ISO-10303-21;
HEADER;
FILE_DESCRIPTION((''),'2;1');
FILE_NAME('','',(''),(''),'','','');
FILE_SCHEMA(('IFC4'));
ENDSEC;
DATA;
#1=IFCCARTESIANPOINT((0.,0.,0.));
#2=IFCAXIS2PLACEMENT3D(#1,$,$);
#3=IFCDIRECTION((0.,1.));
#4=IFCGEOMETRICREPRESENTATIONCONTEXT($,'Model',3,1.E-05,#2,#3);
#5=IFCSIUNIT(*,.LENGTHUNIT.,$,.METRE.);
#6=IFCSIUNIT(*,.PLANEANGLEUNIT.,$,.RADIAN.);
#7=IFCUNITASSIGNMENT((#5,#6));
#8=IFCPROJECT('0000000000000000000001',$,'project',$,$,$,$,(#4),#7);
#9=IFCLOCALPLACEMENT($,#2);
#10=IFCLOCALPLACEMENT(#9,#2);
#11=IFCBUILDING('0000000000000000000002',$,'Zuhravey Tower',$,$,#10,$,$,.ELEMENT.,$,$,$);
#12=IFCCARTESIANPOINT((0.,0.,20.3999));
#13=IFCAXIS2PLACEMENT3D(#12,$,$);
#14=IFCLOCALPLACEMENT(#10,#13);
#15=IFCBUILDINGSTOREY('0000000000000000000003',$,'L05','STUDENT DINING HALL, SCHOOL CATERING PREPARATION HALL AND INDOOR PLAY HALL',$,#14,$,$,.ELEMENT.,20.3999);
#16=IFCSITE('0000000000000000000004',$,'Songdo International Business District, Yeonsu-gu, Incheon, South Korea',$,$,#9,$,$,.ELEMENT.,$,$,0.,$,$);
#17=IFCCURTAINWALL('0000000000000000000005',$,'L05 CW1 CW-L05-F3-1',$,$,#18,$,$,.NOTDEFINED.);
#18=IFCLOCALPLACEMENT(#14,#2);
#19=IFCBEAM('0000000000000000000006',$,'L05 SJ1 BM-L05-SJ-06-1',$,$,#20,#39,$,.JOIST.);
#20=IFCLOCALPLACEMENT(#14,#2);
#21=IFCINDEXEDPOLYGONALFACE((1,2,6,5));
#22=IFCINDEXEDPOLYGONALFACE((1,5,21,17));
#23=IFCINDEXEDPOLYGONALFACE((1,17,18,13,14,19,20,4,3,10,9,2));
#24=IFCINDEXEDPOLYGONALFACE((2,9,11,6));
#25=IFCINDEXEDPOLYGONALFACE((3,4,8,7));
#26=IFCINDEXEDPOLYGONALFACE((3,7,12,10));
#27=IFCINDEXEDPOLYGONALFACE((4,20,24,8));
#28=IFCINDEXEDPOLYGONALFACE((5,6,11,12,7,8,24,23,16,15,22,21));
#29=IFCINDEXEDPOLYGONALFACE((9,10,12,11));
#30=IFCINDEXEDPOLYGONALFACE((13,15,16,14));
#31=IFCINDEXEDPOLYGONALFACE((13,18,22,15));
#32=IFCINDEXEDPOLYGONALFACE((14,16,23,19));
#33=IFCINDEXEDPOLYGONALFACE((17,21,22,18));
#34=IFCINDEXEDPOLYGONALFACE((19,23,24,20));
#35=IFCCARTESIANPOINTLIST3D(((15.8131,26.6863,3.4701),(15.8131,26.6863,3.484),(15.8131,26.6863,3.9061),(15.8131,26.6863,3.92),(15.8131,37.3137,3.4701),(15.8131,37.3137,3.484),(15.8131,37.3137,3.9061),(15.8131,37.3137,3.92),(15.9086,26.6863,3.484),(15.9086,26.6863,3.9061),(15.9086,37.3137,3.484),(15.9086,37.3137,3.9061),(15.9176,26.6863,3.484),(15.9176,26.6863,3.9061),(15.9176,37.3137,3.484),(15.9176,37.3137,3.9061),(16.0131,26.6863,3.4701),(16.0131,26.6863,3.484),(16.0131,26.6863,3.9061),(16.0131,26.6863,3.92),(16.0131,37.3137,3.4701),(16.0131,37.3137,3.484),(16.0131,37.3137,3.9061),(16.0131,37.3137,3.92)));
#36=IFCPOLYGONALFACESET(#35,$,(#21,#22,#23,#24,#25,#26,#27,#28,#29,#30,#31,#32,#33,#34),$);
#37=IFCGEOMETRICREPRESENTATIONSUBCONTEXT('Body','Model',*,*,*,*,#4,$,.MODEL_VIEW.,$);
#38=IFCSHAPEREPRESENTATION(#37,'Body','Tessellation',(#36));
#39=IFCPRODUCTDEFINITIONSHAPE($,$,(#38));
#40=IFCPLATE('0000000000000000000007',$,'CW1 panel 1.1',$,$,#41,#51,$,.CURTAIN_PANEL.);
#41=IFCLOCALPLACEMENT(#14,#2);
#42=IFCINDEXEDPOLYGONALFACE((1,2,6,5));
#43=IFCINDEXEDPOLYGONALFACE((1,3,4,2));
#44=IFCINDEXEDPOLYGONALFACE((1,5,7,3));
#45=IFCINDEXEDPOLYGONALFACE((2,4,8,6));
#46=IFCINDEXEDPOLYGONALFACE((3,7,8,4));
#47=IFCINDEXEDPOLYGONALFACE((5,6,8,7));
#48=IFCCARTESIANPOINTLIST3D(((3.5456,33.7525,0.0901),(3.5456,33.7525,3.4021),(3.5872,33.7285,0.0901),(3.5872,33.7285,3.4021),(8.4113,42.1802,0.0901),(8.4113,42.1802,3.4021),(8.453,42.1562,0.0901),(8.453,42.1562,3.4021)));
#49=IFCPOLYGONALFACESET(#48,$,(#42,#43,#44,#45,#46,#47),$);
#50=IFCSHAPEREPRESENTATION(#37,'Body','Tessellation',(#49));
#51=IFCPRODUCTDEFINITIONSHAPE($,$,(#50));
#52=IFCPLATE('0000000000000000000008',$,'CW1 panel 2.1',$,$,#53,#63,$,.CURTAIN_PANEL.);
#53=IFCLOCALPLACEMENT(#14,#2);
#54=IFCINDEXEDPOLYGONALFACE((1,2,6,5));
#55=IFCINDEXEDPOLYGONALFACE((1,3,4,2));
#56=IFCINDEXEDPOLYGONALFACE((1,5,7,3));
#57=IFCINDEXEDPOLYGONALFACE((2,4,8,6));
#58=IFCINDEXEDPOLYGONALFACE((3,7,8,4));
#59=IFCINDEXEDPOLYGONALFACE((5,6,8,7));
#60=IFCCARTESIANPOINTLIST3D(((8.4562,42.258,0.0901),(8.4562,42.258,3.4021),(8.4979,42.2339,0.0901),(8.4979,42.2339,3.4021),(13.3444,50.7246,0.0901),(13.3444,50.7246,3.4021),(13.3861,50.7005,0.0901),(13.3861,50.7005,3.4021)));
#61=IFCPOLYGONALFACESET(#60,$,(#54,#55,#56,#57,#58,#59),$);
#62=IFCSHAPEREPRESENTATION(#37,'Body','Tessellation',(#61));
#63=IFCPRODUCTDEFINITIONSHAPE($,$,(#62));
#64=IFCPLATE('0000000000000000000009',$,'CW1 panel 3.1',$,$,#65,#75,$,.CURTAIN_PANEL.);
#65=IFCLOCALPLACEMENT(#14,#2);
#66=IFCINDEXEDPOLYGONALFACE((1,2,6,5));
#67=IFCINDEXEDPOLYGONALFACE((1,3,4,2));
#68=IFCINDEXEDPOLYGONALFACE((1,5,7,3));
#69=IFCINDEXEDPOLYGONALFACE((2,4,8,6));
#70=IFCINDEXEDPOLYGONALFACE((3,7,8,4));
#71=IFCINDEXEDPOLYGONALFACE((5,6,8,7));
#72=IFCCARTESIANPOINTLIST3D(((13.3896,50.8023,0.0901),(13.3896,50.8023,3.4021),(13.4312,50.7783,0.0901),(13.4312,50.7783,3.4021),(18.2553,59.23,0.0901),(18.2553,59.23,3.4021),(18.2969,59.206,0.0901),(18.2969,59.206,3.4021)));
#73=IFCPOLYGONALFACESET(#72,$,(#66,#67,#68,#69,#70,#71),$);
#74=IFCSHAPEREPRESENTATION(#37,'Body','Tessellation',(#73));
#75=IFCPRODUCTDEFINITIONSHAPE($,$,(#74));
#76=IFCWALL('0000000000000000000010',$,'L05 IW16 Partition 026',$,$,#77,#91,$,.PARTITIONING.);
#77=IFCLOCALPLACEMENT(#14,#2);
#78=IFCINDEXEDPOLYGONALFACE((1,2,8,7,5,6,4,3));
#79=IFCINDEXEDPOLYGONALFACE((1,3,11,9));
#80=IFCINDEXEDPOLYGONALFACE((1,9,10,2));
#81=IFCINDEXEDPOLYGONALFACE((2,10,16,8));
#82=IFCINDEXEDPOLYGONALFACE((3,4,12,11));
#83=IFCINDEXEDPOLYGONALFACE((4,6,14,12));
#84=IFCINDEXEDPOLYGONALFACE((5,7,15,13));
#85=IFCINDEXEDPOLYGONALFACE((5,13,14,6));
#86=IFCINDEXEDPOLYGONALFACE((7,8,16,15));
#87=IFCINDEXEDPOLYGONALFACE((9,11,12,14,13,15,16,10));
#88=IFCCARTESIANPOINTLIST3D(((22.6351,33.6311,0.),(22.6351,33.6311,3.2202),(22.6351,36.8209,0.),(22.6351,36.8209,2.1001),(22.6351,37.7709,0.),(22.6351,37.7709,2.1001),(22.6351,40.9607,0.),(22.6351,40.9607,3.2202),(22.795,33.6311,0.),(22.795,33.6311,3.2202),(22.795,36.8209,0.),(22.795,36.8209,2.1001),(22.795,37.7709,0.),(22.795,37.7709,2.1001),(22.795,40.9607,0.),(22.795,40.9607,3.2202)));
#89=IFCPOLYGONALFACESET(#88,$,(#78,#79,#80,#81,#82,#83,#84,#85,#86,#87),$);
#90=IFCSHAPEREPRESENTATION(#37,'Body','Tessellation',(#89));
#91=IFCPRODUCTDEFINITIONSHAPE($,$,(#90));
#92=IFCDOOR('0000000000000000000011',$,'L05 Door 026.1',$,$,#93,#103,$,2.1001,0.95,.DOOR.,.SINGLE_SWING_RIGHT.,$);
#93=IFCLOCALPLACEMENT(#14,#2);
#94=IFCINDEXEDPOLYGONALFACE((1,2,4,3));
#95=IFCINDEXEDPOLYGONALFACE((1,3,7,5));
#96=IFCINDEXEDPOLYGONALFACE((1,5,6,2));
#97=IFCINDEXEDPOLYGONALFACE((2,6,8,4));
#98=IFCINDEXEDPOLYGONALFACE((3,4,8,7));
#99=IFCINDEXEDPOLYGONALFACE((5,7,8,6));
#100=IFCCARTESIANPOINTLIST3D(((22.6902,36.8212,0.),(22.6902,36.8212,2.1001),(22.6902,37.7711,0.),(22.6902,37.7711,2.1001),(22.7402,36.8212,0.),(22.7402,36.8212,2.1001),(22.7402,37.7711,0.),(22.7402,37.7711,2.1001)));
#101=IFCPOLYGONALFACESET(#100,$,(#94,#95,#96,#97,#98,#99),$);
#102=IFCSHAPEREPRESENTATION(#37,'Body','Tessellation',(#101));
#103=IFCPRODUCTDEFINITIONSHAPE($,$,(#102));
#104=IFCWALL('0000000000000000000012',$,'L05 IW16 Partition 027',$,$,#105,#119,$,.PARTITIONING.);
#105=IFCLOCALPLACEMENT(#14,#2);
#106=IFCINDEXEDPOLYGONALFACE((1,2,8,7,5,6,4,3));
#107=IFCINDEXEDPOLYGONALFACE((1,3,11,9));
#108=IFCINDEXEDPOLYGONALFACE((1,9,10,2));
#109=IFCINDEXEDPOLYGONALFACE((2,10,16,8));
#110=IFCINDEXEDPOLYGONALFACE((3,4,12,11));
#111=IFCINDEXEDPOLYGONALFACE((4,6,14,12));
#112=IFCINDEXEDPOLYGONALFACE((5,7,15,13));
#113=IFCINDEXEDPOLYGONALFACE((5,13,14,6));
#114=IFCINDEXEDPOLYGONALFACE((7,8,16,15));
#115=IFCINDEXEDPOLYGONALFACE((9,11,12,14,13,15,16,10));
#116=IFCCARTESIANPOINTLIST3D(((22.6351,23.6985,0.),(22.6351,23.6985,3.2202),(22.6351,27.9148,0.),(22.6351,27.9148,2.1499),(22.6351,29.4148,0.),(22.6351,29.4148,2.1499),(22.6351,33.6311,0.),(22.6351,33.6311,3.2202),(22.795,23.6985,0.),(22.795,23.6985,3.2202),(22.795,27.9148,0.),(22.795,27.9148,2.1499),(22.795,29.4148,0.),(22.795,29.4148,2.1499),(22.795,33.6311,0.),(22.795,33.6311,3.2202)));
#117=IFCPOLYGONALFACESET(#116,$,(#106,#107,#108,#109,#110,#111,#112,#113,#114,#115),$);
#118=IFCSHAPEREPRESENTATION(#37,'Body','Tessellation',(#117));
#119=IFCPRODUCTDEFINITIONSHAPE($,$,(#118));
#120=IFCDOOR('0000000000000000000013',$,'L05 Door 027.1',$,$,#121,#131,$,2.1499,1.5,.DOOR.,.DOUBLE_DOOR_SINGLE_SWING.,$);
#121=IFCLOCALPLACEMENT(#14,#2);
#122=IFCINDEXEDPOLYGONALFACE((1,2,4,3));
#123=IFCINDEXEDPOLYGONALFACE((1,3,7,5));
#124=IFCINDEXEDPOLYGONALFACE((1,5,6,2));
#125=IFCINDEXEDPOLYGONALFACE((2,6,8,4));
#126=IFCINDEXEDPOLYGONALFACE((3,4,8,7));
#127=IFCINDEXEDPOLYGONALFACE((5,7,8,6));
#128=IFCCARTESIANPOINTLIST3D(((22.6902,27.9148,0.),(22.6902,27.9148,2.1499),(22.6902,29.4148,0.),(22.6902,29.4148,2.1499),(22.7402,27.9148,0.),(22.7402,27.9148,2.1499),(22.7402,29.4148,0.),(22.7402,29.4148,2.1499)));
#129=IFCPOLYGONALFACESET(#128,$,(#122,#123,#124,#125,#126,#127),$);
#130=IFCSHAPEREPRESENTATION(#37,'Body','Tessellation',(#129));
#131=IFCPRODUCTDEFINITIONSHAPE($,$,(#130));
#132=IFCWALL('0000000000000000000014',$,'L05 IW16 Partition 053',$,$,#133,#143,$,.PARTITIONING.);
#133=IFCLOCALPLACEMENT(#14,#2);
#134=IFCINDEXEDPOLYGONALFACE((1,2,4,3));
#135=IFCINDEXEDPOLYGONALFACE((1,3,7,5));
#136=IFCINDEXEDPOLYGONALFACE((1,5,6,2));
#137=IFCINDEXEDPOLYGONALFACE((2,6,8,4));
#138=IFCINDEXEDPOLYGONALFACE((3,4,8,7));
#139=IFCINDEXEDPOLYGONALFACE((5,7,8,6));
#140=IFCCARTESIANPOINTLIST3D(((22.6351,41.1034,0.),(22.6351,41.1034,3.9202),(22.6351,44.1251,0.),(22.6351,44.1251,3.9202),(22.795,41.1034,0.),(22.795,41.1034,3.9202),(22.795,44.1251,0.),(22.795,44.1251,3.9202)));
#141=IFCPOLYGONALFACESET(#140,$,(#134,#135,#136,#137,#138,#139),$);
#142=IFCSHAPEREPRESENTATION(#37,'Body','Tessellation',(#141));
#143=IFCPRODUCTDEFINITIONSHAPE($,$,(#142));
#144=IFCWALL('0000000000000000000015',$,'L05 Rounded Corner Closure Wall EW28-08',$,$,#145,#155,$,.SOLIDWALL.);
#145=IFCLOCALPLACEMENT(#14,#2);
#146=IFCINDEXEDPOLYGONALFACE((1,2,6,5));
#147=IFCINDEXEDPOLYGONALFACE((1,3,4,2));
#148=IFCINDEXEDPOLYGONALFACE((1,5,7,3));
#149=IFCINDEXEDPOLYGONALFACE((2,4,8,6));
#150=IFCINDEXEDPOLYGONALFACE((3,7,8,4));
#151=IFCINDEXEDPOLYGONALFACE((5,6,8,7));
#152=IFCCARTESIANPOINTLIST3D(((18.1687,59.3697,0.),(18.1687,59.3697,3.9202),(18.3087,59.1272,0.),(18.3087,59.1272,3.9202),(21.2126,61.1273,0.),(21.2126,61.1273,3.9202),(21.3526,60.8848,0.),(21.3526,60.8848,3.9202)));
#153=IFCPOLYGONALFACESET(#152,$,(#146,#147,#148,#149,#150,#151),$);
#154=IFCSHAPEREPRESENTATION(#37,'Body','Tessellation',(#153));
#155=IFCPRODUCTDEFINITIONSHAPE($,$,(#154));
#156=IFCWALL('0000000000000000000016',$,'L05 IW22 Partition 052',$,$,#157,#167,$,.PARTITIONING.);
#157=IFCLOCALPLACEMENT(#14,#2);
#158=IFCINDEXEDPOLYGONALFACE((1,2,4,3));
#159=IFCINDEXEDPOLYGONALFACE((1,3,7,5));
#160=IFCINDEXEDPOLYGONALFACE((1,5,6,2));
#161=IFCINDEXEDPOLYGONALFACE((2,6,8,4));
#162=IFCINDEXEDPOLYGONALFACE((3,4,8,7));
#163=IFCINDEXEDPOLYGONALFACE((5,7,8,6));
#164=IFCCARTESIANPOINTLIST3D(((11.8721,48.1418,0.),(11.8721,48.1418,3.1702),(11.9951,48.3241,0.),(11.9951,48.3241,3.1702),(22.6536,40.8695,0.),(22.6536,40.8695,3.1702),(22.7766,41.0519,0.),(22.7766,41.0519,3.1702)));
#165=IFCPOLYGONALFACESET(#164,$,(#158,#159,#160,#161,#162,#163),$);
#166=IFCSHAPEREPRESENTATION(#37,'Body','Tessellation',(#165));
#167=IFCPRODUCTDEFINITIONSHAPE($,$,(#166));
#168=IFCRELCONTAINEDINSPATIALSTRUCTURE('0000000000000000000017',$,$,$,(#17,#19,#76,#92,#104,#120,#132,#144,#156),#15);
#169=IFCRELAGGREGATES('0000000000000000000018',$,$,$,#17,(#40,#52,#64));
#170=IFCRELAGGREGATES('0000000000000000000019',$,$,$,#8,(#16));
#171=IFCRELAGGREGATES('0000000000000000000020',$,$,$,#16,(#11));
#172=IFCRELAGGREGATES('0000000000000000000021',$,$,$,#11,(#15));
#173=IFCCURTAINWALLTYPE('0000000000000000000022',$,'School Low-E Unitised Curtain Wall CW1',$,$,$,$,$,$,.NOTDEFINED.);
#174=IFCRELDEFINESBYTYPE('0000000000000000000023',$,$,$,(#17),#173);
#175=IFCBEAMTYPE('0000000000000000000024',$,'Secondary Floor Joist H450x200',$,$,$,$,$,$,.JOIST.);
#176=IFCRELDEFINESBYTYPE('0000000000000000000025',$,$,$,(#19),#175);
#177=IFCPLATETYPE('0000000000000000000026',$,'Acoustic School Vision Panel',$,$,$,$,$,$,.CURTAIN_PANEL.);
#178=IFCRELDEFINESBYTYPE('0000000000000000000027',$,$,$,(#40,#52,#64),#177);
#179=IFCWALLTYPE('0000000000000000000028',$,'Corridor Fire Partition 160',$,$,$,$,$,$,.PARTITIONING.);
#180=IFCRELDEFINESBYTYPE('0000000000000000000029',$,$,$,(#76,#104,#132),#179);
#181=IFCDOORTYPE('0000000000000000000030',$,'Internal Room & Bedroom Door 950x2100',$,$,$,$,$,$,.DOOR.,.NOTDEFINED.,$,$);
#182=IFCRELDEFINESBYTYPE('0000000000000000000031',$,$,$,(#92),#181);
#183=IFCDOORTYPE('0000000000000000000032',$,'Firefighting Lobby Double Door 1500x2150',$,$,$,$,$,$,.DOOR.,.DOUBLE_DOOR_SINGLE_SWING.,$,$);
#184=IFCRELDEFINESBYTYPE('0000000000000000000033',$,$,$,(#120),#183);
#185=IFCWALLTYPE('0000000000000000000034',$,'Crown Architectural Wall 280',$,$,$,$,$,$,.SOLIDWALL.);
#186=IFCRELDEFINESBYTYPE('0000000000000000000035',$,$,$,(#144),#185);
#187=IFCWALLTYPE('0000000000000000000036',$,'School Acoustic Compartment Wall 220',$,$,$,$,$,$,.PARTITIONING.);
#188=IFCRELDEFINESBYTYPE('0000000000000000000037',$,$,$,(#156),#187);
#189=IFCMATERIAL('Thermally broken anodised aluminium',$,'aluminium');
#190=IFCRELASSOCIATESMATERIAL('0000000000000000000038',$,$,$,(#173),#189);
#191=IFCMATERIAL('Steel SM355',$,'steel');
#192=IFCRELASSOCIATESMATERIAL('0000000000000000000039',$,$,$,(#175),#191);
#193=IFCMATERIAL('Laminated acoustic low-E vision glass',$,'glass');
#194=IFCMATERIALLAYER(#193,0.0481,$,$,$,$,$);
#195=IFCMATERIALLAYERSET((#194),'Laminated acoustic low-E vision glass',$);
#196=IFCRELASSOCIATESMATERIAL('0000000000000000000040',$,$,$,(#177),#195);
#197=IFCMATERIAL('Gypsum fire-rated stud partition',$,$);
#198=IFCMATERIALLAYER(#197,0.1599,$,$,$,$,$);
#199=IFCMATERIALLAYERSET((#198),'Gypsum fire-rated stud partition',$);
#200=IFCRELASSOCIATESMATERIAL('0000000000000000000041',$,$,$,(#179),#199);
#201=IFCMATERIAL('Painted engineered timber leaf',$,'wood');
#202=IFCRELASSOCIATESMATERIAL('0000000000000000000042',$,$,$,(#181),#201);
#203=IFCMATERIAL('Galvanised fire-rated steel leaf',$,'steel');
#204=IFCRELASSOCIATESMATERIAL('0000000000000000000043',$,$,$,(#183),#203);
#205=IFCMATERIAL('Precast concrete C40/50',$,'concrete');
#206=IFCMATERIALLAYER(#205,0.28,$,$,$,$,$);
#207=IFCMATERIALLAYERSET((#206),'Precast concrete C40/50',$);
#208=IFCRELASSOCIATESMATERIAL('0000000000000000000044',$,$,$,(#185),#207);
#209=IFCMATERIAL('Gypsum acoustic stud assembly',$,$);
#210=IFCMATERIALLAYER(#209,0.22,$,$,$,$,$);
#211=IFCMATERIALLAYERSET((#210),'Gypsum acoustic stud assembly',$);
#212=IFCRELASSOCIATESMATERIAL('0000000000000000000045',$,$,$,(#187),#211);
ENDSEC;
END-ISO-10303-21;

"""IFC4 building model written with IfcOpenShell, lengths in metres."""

from ifc_helpers import new_model, si_unit, direction, frame, frame_2d, origin, origin_2d, place, context, subcontext, project, spatial, rectangle, i_section, extrude, material, layer, layer_set, material_profile, profile_set, type_object, element, fill, aggregate, save


model = new_model("IFC4")

# Units and contexts
model_context = context("Model", 3, precision=1e-05, world=origin(), true_north=direction((0.0, 1.0)))
body_context = subcontext(model_context, "Body", "Model", "MODEL_VIEW")
ifc_project = project(units=[si_unit("LENGTHUNIT", "METRE"), si_unit("PLANEANGLEUNIT", "RADIAN")], contexts=[model_context])

# Site, building, storey
site_placement = place(None, origin())
site = spatial("IfcSite", under=ifc_project, at=site_placement, Name="Songdo International Business District, Yeonsu-gu, Incheon, South Korea", CompositionType="ELEMENT", RefElevation=0.0)
building_placement = place(site_placement, origin())
building = spatial("IfcBuilding", under=site, at=building_placement, Name="Zuhravey Tower", CompositionType="ELEMENT")
storey_placement = place(building_placement, frame((0.0, 0.0, 20.3999)))
storey = spatial("IfcBuildingStorey", under=building, at=storey_placement, Name="L05", Description="STUDENT DINING HALL, SCHOOL CATERING PREPARATION HALL AND INDOOR PLAY HALL", CompositionType="ELEMENT", Elevation=20.3999)

# Curtain wall
ifc_material_1 = material(Name="Thermally broken anodised aluminium", Category="aluminium")
curtain_wall_type = type_object("IfcCurtainWallType", Name="School Low-E Unitised Curtain Wall CW1", PredefinedType="NOTDEFINED", material=ifc_material_1)
curtain_wall_1_placement = place(storey_placement, origin())
curtain_wall_1 = element("IfcCurtainWall", 1, at=curtain_wall_1_placement, inside=storey, type_object=curtain_wall_type, Name="L05 CW1 CW-L05-F3-1", PredefinedType="NOTDEFINED")

# Beam
ifc_material_2 = material(Name="Steel SM355", Category="steel")
ifc_material_profile_1 = material_profile(ifc_material_2, i_section(OverallWidth=0.2, OverallDepth=0.45, WebThickness=0.009, FlangeThickness=0.0139, at=origin_2d()), Name="H-450x200x9x14")
ifc_profile_set_1 = profile_set([ifc_material_profile_1], Name="Steel SM355")
beam_type_1 = type_object("IfcBeamType", Name="Secondary Floor Joist H450x200", PredefinedType="JOIST", material=ifc_profile_set_1)
beam_1_placement = place(storey_placement, frame((15.9131, 37.3137, 3.6951), z_axis=(0.0, -1.0, 0.0), x_axis=(1.0, 0.0, 0.0)))
element("IfcBeam", 2, at=beam_1_placement, inside=storey, type_object=beam_type_1, Name="L05 SJ1 BM-L05-SJ-06-1", PredefinedType="JOIST", context=body_context, shape_type="SweptSolid", body=[
    extrude(i_section(OverallWidth=0.2, OverallDepth=0.45, WebThickness=0.009, FlangeThickness=0.0139, at=origin_2d()), origin(), (0.0, 0.0, 1.0), 10.6274),
])

# Plates
ifc_material_3 = material(Name="Laminated acoustic low-E vision glass", Category="glass")
ifc_layer_1 = layer(ifc_material_3, 0.0481)
ifc_layer_set_1 = layer_set([ifc_layer_1], Name="Laminated acoustic low-E vision glass")
plate_type = type_object("IfcPlateType", Name="Acoustic School Vision Panel", PredefinedType="CURTAIN_PANEL", material=ifc_layer_set_1)
plate_1_placement = place(storey_placement, frame((5.9993, 37.9543, 0.0901), z_axis=(0.0, 0.0, 1.0), x_axis=(0.5, 0.866026, 0.0)))
plate_1 = element("IfcPlate", 3, at=plate_1_placement, type_object=plate_type, Name="CW1 panel 1.1", PredefinedType="CURTAIN_PANEL", context=body_context, shape_type="SweptSolid", body=[
    extrude(rectangle(XDim=9.7314, YDim=0.0481, at=origin_2d()), origin(), (0.0, 0.0, 1.0), 3.312),
])
plate_2_placement = place(storey_placement, frame((10.9211, 46.4792, 0.0901), z_axis=(0.0, 0.0, 1.0), x_axis=(0.5, 0.866026, 0.0)))
plate_2 = element("IfcPlate", 4, at=plate_2_placement, type_object=plate_type, Name="CW1 panel 2.1", PredefinedType="CURTAIN_PANEL", context=body_context, shape_type="SweptSolid", body=[
    extrude(rectangle(XDim=9.7764, YDim=0.0481, at=origin_2d()), origin(), (0.0, 0.0, 1.0), 3.312),
])
plate_3_placement = place(storey_placement, frame((15.8433, 55.0042, 0.0901), z_axis=(0.0, 0.0, 1.0), x_axis=(0.5, 0.866026, 0.0)))
plate_3 = element("IfcPlate", 5, at=plate_3_placement, type_object=plate_type, Name="CW1 panel 3.1", PredefinedType="CURTAIN_PANEL", context=body_context, shape_type="SweptSolid", body=[
    extrude(rectangle(XDim=9.7314, YDim=0.0481, at=origin_2d()), origin(), (0.0, 0.0, 1.0), 3.312),
])
aggregate(curtain_wall_1, [plate_1, plate_2, plate_3])

# Walls, openings, doors
ifc_material_4 = material(Name="Gypsum fire-rated stud partition")
ifc_layer_2 = layer(ifc_material_4, 0.1599)
ifc_layer_set_2 = layer_set([ifc_layer_2], Name="Gypsum fire-rated stud partition")
wall_type_1 = type_object("IfcWallType", Name="Corridor Fire Partition 160", PredefinedType="PARTITIONING", material=ifc_layer_set_2)
wall_1_placement = place(storey_placement, frame((22.7151, 40.9607, 0.0), z_axis=(0.0, 0.0, 1.0), x_axis=(0.0, -1.0, 0.0)))
wall_1 = element("IfcWall", 6, at=wall_1_placement, inside=storey, type_object=wall_type_1, Name="L05 IW16 Partition 026", PredefinedType="PARTITIONING", context=body_context, shape_type="SweptSolid", body=[
    extrude(rectangle(XDim=7.3296, YDim=0.1599, at=frame_2d((3.6648, 0.0))), origin(), (0.0, 0.0, 1.0), 3.2202),
])
opening_1_placement = place(wall_1_placement, frame((3.1897, 0.0, 0.0)))
opening_1 = element("IfcOpeningElement", 7, at=opening_1_placement, cuts=wall_1, PredefinedType="OPENING", context=body_context, shape_type="SweptSolid", body=[
    extrude(rectangle(XDim=0.95, YDim=2.1001, at=frame_2d((0.4751, 1.05))), frame((0.0, 0.092, 0.0), z_axis=(0.0, -1.0, 0.0), x_axis=(1.0, 0.0, 0.0)), (0.0, 0.0, 1.0), 0.1838),
])
ifc_material_5 = material(Name="Painted engineered timber leaf", Category="wood")
door_type_1 = type_object("IfcDoorType", Name="Internal Room & Bedroom Door 950x2100", OperationType="NOTDEFINED", PredefinedType="DOOR", material=ifc_material_5)
door_1_placement = place(opening_1_placement, frame((0.95, 0.0, 0.0), z_axis=(0.0, 0.0, 1.0), x_axis=(-1.0, 0.0, 0.0)))
door_1 = element("IfcDoor", 8, at=door_1_placement, inside=storey, type_object=door_type_1, Name="L05 Door 026.1", OperationType="SINGLE_SWING_RIGHT", OverallHeight=2.1001, OverallWidth=0.95, PredefinedType="DOOR", context=body_context, shape_type="SweptSolid", body=[
    extrude(rectangle(XDim=0.95, YDim=2.1001, at=frame_2d((0.4751, 1.05))), frame((0.0, 0.0249, 0.0), z_axis=(0.0, -1.0, 0.0), x_axis=(1.0, 0.0, 0.0)), (0.0, 0.0, 1.0), 0.05),
])
fill(opening_1, door_1)
wall_2_placement = place(storey_placement, frame((22.7151, 33.6311, 0.0), z_axis=(0.0, 0.0, 1.0), x_axis=(0.0, -1.0, 0.0)))
wall_2 = element("IfcWall", 9, at=wall_2_placement, inside=storey, type_object=wall_type_1, Name="L05 IW16 Partition 027", PredefinedType="PARTITIONING", context=body_context, shape_type="SweptSolid", body=[
    extrude(rectangle(XDim=9.9326, YDim=0.1599, at=frame_2d((4.9663, 0.0))), origin(), (0.0, 0.0, 1.0), 3.2202),
])
opening_2_placement = place(wall_2_placement, frame((4.2163, 0.0, 0.0)))
opening_2 = element("IfcOpeningElement", 10, at=opening_2_placement, cuts=wall_2, PredefinedType="OPENING", context=body_context, shape_type="SweptSolid", body=[
    extrude(rectangle(XDim=1.5, YDim=2.1499, at=frame_2d((0.75, 1.075))), frame((0.0, 0.092, 0.0), z_axis=(0.0, -1.0, 0.0), x_axis=(1.0, 0.0, 0.0)), (0.0, 0.0, 1.0), 0.1838),
])
ifc_material_6 = material(Name="Galvanised fire-rated steel leaf", Category="steel")
door_type_2 = type_object("IfcDoorType", Name="Firefighting Lobby Double Door 1500x2150", OperationType="DOUBLE_DOOR_SINGLE_SWING", PredefinedType="DOOR", material=ifc_material_6)
door_2_placement = place(opening_2_placement, frame((1.5, 0.0, 0.0), z_axis=(0.0, 0.0, 1.0), x_axis=(-1.0, 0.0, 0.0)))
door_2 = element("IfcDoor", 11, at=door_2_placement, inside=storey, type_object=door_type_2, Name="L05 Door 027.1", OperationType="DOUBLE_DOOR_SINGLE_SWING", OverallHeight=2.1499, OverallWidth=1.5, PredefinedType="DOOR", context=body_context, shape_type="SweptSolid", body=[
    extrude(rectangle(XDim=1.5, YDim=2.1499, at=frame_2d((0.75, 1.075))), frame((0.0, 0.0249, 0.0), z_axis=(0.0, -1.0, 0.0), x_axis=(1.0, 0.0, 0.0)), (0.0, 0.0, 1.0), 0.05),
])
fill(opening_2, door_2)

# Walls
wall_3_placement = place(storey_placement, frame((22.7151, 44.125, 0.0), z_axis=(0.0, 0.0, 1.0), x_axis=(0.0, -1.0, 0.0)))
element("IfcWall", 12, at=wall_3_placement, inside=storey, type_object=wall_type_1, Name="L05 IW16 Partition 053", PredefinedType="PARTITIONING", context=body_context, shape_type="SweptSolid", body=[
    extrude(rectangle(XDim=3.0217, YDim=0.1599, at=frame_2d((1.5107, 0.0))), origin(), (0.0, 0.0, 1.0), 3.9202),
])
ifc_material_7 = material(Name="Precast concrete C40/50", Category="concrete")
ifc_layer_3 = layer(ifc_material_7, 0.28)
ifc_layer_set_3 = layer_set([ifc_layer_3], Name="Precast concrete C40/50")
wall_type_2 = type_object("IfcWallType", Name="Crown Architectural Wall 280", PredefinedType="SOLIDWALL", material=ifc_layer_set_3)
wall_4_placement = place(storey_placement, frame((18.2388, 59.2485, 0.0), z_axis=(0.0, 0.0, 1.0), x_axis=(0.866007, 0.500031, 0.0)))
element("IfcWall", 13, at=wall_4_placement, inside=storey, type_object=wall_type_2, Name="L05 Rounded Corner Closure Wall EW28-08", PredefinedType="SOLIDWALL", context=body_context, shape_type="SweptSolid", body=[
    extrude(rectangle(XDim=3.5149, YDim=0.28, at=frame_2d((1.7573, 0.0))), origin(), (0.0, 0.0, 1.0), 3.9202),
])
ifc_material_8 = material(Name="Gypsum acoustic stud assembly")
ifc_layer_4 = layer(ifc_material_8, 0.22)
ifc_layer_set_4 = layer_set([ifc_layer_4], Name="Gypsum acoustic stud assembly")
wall_type_3 = type_object("IfcWallType", Name="School Acoustic Compartment Wall 220", PredefinedType="PARTITIONING", material=ifc_layer_set_4)
wall_5_placement = place(storey_placement, frame((22.7151, 40.9607, 0.0), z_axis=(0.0, 0.0, 1.0), x_axis=(-0.829037, 0.559193, 0.0)))
element("IfcWall", 14, at=wall_5_placement, inside=storey, type_object=wall_type_3, Name="L05 IW22 Partition 052", PredefinedType="PARTITIONING", context=body_context, shape_type="SweptSolid", body=[
    extrude(rectangle(XDim=13.0049, YDim=0.22, at=frame_2d((6.5024, 0.0))), origin(), (0.0, 0.0, 1.0), 3.1702),
])

save(model, "model.ifc")
